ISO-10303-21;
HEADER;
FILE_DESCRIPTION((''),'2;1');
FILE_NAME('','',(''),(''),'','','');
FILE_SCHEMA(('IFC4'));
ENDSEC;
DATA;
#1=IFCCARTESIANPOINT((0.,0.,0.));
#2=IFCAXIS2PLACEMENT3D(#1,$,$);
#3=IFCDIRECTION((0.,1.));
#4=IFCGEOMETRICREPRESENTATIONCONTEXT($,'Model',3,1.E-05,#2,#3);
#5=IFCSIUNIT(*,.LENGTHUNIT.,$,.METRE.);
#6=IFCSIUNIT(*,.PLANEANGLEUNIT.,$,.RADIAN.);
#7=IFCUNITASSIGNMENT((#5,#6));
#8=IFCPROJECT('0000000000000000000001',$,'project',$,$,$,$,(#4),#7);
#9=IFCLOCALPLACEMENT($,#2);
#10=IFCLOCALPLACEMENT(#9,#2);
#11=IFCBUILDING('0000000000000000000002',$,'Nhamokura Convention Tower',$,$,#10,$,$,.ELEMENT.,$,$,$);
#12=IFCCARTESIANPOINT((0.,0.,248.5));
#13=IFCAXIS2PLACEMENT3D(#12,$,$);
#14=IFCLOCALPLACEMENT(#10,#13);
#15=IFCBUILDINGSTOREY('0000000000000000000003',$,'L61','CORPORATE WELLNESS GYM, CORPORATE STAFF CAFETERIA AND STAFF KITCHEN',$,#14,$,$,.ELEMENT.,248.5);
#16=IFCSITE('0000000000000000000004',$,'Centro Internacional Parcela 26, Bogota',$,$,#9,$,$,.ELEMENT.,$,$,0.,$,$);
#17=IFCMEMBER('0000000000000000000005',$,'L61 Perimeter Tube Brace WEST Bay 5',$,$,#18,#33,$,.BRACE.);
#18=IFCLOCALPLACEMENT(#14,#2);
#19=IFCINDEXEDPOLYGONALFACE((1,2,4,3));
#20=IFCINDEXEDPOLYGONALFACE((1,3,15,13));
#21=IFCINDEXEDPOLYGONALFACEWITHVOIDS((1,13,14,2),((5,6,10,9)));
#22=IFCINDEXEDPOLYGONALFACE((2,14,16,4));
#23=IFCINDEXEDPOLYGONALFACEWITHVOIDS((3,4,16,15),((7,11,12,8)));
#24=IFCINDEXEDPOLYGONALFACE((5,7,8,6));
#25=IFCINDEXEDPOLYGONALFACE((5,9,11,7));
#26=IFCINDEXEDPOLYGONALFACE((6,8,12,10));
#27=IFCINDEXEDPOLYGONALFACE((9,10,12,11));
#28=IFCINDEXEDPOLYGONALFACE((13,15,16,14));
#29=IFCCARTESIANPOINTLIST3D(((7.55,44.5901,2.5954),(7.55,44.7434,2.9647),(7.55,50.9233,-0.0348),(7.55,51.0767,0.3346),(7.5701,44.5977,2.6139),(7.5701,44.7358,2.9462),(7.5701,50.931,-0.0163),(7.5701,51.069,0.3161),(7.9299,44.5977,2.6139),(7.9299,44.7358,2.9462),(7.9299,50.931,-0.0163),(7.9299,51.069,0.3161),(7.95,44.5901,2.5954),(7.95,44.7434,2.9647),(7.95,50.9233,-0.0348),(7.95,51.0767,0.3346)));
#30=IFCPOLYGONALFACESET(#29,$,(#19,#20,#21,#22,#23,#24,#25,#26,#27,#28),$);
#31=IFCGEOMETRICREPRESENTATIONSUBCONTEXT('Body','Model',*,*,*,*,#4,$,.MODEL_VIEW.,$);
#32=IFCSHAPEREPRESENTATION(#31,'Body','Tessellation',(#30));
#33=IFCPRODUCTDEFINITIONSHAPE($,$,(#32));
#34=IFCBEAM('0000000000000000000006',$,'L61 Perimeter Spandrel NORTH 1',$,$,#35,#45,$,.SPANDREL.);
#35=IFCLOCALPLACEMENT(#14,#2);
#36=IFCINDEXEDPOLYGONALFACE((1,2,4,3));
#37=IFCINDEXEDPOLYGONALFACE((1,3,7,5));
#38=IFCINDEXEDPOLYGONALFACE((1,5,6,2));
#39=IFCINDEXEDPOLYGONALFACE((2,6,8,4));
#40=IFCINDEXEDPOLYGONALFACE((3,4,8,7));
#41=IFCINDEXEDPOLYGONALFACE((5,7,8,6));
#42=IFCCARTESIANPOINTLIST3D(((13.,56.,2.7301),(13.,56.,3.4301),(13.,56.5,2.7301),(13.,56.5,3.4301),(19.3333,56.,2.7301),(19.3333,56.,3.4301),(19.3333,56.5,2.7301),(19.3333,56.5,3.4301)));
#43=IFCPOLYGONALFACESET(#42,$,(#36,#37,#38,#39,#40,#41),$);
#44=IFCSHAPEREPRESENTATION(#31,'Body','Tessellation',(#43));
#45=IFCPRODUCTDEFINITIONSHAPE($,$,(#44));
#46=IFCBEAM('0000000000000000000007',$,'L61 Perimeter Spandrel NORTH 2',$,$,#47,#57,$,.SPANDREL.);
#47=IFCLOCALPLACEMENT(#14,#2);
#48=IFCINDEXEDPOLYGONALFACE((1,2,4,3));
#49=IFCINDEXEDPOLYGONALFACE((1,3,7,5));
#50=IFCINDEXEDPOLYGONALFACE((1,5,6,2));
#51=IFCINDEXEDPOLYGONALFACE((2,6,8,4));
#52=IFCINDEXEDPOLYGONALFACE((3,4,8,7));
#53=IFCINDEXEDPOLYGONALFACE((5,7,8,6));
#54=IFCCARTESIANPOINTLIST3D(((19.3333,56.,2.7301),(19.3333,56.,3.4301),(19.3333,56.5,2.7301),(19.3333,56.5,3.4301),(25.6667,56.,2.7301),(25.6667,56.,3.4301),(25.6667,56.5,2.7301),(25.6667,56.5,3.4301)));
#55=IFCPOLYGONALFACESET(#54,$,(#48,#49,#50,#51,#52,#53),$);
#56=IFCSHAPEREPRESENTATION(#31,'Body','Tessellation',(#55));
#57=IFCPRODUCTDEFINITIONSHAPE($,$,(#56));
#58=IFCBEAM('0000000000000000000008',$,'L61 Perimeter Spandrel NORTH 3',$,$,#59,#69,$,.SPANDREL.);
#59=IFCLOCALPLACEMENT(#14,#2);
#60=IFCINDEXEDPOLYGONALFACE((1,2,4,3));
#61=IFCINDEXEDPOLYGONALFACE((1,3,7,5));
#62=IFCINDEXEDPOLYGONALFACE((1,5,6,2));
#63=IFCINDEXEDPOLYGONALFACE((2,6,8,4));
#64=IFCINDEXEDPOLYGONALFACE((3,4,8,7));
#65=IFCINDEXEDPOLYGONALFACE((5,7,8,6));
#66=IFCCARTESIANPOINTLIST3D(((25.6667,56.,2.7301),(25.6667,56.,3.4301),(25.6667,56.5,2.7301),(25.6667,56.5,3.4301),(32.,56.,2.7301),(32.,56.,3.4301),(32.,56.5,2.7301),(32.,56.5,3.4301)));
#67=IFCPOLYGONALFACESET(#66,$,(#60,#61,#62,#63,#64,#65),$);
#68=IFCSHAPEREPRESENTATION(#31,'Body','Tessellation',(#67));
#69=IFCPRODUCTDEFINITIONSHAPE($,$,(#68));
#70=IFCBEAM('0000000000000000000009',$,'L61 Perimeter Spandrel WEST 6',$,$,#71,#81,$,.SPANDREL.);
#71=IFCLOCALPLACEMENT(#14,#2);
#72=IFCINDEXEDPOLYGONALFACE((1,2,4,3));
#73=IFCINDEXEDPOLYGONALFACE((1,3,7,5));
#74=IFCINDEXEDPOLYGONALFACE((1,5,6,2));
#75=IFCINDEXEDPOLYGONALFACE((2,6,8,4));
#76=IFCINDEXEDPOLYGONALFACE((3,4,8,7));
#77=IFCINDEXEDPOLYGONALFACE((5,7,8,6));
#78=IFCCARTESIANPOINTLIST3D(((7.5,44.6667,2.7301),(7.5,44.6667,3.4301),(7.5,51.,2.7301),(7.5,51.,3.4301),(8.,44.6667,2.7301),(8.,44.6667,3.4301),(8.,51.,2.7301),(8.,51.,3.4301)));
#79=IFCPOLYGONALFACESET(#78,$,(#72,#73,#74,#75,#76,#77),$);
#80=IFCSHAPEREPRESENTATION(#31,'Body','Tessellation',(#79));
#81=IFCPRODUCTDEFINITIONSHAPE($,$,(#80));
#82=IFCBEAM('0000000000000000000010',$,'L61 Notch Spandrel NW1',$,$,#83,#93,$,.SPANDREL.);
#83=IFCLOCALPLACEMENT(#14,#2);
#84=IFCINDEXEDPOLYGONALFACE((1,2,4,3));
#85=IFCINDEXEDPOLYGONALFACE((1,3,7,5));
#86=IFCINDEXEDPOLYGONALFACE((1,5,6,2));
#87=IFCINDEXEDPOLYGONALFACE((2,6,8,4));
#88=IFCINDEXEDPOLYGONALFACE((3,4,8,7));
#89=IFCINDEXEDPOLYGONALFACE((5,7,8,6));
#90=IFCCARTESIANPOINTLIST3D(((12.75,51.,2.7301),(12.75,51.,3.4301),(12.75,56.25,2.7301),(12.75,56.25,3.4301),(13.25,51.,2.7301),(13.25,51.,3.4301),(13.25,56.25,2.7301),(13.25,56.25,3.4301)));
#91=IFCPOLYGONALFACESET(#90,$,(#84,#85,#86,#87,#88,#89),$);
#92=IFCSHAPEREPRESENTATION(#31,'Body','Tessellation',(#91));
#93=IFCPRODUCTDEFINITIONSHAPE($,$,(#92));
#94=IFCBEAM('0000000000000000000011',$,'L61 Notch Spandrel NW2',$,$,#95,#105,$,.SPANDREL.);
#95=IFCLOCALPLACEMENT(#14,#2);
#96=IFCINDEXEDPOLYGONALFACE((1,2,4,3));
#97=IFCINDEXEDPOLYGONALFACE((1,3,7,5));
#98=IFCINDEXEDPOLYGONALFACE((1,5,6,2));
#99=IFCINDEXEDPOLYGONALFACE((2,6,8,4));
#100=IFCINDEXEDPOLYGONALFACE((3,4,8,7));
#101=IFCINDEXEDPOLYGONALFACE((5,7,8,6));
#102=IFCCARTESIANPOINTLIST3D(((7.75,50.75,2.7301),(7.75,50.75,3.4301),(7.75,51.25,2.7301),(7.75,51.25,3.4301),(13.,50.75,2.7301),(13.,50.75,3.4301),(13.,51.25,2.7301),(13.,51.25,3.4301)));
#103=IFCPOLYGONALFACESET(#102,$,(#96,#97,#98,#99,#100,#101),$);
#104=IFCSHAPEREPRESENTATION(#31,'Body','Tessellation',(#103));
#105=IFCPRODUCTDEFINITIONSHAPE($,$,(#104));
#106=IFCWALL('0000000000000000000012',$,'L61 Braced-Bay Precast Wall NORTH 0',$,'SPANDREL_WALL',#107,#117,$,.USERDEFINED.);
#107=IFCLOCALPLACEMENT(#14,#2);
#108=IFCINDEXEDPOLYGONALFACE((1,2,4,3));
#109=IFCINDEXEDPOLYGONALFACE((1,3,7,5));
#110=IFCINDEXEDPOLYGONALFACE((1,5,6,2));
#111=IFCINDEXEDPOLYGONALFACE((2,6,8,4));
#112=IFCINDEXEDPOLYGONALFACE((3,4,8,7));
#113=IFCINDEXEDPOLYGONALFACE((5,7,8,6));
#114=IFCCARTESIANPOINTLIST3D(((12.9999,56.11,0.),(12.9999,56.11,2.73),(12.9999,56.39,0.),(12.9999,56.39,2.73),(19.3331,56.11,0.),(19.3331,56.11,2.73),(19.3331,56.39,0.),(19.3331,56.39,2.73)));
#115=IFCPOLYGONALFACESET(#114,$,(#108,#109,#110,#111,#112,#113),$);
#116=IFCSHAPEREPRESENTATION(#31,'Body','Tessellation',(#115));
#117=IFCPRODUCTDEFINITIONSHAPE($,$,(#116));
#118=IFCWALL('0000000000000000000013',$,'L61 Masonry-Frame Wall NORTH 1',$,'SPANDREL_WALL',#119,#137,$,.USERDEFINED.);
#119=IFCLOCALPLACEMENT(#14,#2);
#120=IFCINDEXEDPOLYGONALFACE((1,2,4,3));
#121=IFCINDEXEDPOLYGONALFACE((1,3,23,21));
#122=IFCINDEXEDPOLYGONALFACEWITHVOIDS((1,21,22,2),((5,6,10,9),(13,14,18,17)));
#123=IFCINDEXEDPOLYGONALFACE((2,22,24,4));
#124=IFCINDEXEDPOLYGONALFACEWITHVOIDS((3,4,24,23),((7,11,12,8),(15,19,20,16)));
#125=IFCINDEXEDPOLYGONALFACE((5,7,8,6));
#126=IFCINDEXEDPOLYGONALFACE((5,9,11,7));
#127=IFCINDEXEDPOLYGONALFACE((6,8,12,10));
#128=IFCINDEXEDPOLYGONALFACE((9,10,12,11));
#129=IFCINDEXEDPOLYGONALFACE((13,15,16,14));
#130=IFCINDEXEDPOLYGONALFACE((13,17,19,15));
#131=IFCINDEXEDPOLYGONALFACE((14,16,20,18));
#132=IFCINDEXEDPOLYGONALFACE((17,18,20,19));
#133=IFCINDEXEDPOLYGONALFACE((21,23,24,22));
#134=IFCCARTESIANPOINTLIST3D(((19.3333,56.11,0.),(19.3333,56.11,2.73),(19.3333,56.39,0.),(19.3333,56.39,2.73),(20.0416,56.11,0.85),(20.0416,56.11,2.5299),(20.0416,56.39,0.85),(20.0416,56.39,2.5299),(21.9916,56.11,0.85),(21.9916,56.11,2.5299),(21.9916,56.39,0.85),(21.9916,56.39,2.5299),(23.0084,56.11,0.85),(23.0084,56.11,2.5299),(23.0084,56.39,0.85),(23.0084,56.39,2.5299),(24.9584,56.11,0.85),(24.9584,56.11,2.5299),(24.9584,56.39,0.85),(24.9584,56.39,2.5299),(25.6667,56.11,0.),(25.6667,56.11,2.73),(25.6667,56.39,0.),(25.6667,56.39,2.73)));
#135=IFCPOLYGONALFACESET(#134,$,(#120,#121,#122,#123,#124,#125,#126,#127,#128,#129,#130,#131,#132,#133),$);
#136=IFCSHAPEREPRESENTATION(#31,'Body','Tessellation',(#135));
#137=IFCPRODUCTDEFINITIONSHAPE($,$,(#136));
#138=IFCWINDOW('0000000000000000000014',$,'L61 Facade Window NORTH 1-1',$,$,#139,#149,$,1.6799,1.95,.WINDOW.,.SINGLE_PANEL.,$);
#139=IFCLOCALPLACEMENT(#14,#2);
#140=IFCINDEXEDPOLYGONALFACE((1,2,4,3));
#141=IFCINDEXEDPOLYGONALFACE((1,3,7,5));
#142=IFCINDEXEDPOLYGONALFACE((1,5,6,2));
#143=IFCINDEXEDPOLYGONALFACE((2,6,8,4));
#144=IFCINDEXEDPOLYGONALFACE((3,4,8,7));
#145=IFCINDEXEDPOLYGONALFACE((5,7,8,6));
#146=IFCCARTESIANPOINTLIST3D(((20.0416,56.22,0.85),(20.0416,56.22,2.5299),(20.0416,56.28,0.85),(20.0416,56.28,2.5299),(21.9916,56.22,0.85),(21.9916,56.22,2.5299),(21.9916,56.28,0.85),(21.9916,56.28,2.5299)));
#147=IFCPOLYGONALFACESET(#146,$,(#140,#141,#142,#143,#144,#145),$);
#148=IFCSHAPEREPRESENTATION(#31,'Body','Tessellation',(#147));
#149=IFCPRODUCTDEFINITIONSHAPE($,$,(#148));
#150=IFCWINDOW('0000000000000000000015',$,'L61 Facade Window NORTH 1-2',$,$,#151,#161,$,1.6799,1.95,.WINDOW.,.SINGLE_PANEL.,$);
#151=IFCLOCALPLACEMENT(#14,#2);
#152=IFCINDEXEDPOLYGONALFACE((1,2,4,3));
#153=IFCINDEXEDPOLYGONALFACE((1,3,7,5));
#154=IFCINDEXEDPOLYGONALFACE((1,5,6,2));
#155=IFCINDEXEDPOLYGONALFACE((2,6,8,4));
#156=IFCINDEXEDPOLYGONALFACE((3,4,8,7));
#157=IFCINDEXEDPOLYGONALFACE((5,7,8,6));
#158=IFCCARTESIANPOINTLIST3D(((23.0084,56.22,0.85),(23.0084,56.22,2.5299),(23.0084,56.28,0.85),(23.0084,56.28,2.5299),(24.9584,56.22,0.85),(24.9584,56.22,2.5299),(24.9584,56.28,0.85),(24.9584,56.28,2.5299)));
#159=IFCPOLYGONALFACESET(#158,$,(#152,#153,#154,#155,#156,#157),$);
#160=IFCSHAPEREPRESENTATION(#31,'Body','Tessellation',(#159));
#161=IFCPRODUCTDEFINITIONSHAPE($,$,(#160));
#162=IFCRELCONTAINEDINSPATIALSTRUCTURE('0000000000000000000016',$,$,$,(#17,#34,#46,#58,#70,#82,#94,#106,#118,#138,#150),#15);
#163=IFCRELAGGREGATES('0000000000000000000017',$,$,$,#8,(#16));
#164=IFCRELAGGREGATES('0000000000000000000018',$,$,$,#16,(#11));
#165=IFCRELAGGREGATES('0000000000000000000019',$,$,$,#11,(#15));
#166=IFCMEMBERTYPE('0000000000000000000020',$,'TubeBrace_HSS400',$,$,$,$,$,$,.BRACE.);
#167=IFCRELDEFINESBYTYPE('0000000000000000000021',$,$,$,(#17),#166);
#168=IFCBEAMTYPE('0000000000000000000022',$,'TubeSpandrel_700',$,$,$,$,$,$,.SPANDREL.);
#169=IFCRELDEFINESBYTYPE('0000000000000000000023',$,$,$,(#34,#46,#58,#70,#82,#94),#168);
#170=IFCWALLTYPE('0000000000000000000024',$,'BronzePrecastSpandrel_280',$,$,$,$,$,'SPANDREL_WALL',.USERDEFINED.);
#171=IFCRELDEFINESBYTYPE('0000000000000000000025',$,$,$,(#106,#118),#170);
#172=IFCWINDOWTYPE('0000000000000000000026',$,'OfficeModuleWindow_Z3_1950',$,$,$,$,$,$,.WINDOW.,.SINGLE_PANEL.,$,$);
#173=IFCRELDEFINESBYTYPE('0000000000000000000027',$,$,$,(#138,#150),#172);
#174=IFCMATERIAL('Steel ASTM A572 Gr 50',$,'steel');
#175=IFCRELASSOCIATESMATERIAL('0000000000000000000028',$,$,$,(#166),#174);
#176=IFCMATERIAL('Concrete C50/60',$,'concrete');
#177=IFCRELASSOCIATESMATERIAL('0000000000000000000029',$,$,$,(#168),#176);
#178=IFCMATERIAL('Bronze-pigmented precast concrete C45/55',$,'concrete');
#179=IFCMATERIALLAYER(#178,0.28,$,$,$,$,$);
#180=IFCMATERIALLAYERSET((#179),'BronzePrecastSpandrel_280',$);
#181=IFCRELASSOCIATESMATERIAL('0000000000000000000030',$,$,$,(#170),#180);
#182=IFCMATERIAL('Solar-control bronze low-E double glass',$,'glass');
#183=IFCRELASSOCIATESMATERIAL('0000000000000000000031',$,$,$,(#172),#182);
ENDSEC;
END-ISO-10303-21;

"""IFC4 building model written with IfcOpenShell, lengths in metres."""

from ifc_helpers import new_model, si_unit, direction, frame, frame_2d, origin, origin_2d, place, context, subcontext, project, spatial, rectangle, hollow_rectangle, extrude, material, layer, layer_set, material_profile, profile_set, type_object, element, fill, save


model = new_model("IFC4")

# Units and contexts
model_context = context("Model", 3, precision=1e-05, world=origin(), true_north=direction((0.0, 1.0)))
body_context = subcontext(model_context, "Body", "Model", "MODEL_VIEW")
ifc_project = project(units=[si_unit("LENGTHUNIT", "METRE"), si_unit("PLANEANGLEUNIT", "RADIAN")], contexts=[model_context])

# Site, building, storey
site_placement = place(None, origin())
site = spatial("IfcSite", under=ifc_project, at=site_placement, Name="Centro Internacional Parcela 26, Bogota", CompositionType="ELEMENT", RefElevation=0.0)
building_placement = place(site_placement, origin())
building = spatial("IfcBuilding", under=site, at=building_placement, Name="Nhamokura Convention Tower", CompositionType="ELEMENT")
storey_placement = place(building_placement, frame((0.0, 0.0, 248.5)))
storey = spatial("IfcBuildingStorey", under=building, at=storey_placement, Name="L61", Description="CORPORATE WELLNESS GYM, CORPORATE STAFF CAFETERIA AND STAFF KITCHEN", CompositionType="ELEMENT", Elevation=248.5)

# Member
ifc_material_1 = material(Name="Steel ASTM A572 Gr 50", Category="steel")
ifc_material_profile_1 = material_profile(ifc_material_1, hollow_rectangle(XDim=0.3999, YDim=0.3999, WallThickness=0.02, at=origin_2d()))
ifc_profile_set_1 = profile_set([ifc_material_profile_1], Name="Steel ASTM A572 Gr 50")
member_type_1 = type_object("IfcMemberType", Name="TubeBrace_HSS400", PredefinedType="BRACE", material=ifc_profile_set_1)
for number, where, z_axis, x_axis, name in (
    (1, (7.75, 51.0, 0.1499), (0.0, -0.923528, 0.383531), (1.0, 0.0, 0.0), "L61 Perimeter Tube Brace WEST Bay 5"),
):
    element("IfcMember", number, at=place(storey_placement, frame(where, z_axis=z_axis, x_axis=x_axis)), inside=storey, type_object=member_type_1, Name=name, PredefinedType="BRACE", context=body_context, shape_type="SweptSolid", body=[
        extrude(hollow_rectangle(XDim=0.3999, YDim=0.3999, WallThickness=0.02, at=origin_2d()), origin(), (0.0, 0.0, 1.0), 6.8577),
    ])

# Beams
ifc_material_2 = material(Name="Concrete C50/60", Category="concrete")
ifc_material_profile_2 = material_profile(ifc_material_2, rectangle(XDim=0.5, YDim=0.7, at=origin_2d()))
ifc_profile_set_2 = profile_set([ifc_material_profile_2], Name="Concrete C50/60")
beam_type_1 = type_object("IfcBeamType", Name="TubeSpandrel_700", PredefinedType="SPANDREL", material=ifc_profile_set_2)
beam_1_placement = place(storey_placement, frame((13.0, 56.25, 3.0801), z_axis=(1.0, 0.0, 0.0), x_axis=(0.0, 1.0, 0.0)))
element("IfcBeam", 2, at=beam_1_placement, inside=storey, type_object=beam_type_1, Name="L61 Perimeter Spandrel NORTH 1", PredefinedType="SPANDREL", context=body_context, shape_type="SweptSolid", body=[
    extrude(rectangle(XDim=0.5, YDim=0.7, at=origin_2d()), origin(), (0.0, 0.0, 1.0), 6.3333),
])
beam_2_placement = place(storey_placement, frame((19.3333, 56.25, 3.0801), z_axis=(1.0, 0.0, 0.0), x_axis=(0.0, 1.0, 0.0)))
element("IfcBeam", 3, at=beam_2_placement, inside=storey, type_object=beam_type_1, Name="L61 Perimeter Spandrel NORTH 2", PredefinedType="SPANDREL", context=body_context, shape_type="SweptSolid", body=[
    extrude(rectangle(XDim=0.5, YDim=0.7, at=origin_2d()), origin(), (0.0, 0.0, 1.0), 6.3335),
])
for number, where, z_axis, x_axis, name in (
    (4, (25.6667, 56.25, 3.0801), (1.0, 0.0, 0.0), (0.0, 1.0, 0.0), "L61 Perimeter Spandrel NORTH 3"),
    (5, (7.75, 44.6667, 3.0801), (0.0, 1.0, 0.0), (-1.0, 0.0, 0.0), "L61 Perimeter Spandrel WEST 6"),
):
    element("IfcBeam", number, at=place(storey_placement, frame(where, z_axis=z_axis, x_axis=x_axis)), inside=storey, type_object=beam_type_1, Name=name, PredefinedType="SPANDREL", context=body_context, shape_type="SweptSolid", body=[
        extrude(rectangle(XDim=0.5, YDim=0.7, at=origin_2d()), origin(), (0.0, 0.0, 1.0), 6.3333),
    ])
for number, where, z_axis, x_axis, name in (
    (6, (13.0, 56.25, 3.0801), (0.0, -1.0, 0.0), (1.0, 0.0, 0.0), "L61 Notch Spandrel NW1"),
    (7, (13.0, 51.0, 3.0801), (-1.0, 0.0, 0.0), (0.0, -1.0, 0.0), "L61 Notch Spandrel NW2"),
):
    element("IfcBeam", number, at=place(storey_placement, frame(where, z_axis=z_axis, x_axis=x_axis)), inside=storey, type_object=beam_type_1, Name=name, PredefinedType="SPANDREL", context=body_context, shape_type="SweptSolid", body=[
        extrude(rectangle(XDim=0.5, YDim=0.7, at=origin_2d()), origin(), (0.0, 0.0, 1.0), 5.25),
    ])

# Wall
ifc_material_3 = material(Name="Bronze-pigmented precast concrete C45/55", Category="concrete")
ifc_layer_1 = layer(ifc_material_3, 0.28)
ifc_layer_set_1 = layer_set([ifc_layer_1], Name="BronzePrecastSpandrel_280")
wall_type_1 = type_object("IfcWallType", Name="BronzePrecastSpandrel_280", ElementType="SPANDREL_WALL", PredefinedType="USERDEFINED", material=ifc_layer_set_1)
wall_1_placement = place(storey_placement, frame((13.0, 56.25, 0.0), z_axis=(0.0, 0.0, 1.0), x_axis=(1.0, 0.0, 0.0)))
element("IfcWall", 8, at=wall_1_placement, inside=storey, type_object=wall_type_1, Name="L61 Braced-Bay Precast Wall NORTH 0", ObjectType="SPANDREL_WALL", PredefinedType="USERDEFINED", context=body_context, shape_type="SweptSolid", body=[
    extrude(rectangle(XDim=6.3333, YDim=0.28, at=frame_2d((3.1665, 0.0))), origin(), (0.0, 0.0, 1.0), 2.73),
])

# Wall, openings, windows
wall_2_placement = place(storey_placement, frame((19.3333, 56.25, 0.0), z_axis=(0.0, 0.0, 1.0), x_axis=(1.0, 0.0, 0.0)))
wall_2 = element("IfcWall", 9, at=wall_2_placement, inside=storey, type_object=wall_type_1, Name="L61 Masonry-Frame Wall NORTH 1", ObjectType="SPANDREL_WALL", PredefinedType="USERDEFINED", context=body_context, shape_type="SweptSolid", body=[
    extrude(rectangle(XDim=6.3335, YDim=0.28, at=frame_2d((3.1667, 0.0))), origin(), (0.0, 0.0, 1.0), 2.73),
])
opening_1_placement = place(wall_2_placement, frame((0.7083, 0.0, 0.8501)))
opening_1 = element("IfcOpeningElement", 10, at=opening_1_placement, cuts=wall_2, PredefinedType="OPENING", context=body_context, shape_type="SweptSolid", body=[
    extrude(rectangle(XDim=1.95, YDim=1.6799, at=frame_2d((0.9751, 0.8398))), frame((0.0, 0.1499, 0.0), z_axis=(0.0, -1.0, 0.0), x_axis=(1.0, 0.0, 0.0)), (0.0, 0.0, 1.0), 0.3),
])
opening_2_placement = place(wall_2_placement, frame((3.675, 0.0, 0.8501)))
opening_2 = element("IfcOpeningElement", 11, at=opening_2_placement, cuts=wall_2, PredefinedType="OPENING", context=body_context, shape_type="SweptSolid", body=[
    extrude(rectangle(XDim=1.95, YDim=1.6799, at=frame_2d((0.9751, 0.8398))), frame((0.0, 0.1499, 0.0), z_axis=(0.0, -1.0, 0.0), x_axis=(1.0, 0.0, 0.0)), (0.0, 0.0, 1.0), 0.3),
])
ifc_material_4 = material(Name="Solar-control bronze low-E double glass", Category="glass")
window_type_1 = type_object("IfcWindowType", Name="OfficeModuleWindow_Z3_1950", PartitioningType="SINGLE_PANEL", PredefinedType="WINDOW", material=ifc_material_4)
window_1_placement = place(opening_1_placement, origin())
window_1 = element("IfcWindow", 12, at=window_1_placement, inside=storey, type_object=window_type_1, Name="L61 Facade Window NORTH 1-1", OverallHeight=1.6799, OverallWidth=1.95, PartitioningType="SINGLE_PANEL", PredefinedType="WINDOW", context=body_context, shape_type="SweptSolid", body=[
    extrude(rectangle(XDim=1.95, YDim=1.6799, at=frame_2d((0.9751, 0.8398))), frame((0.0, 0.03, 0.0), z_axis=(0.0, -1.0, 0.0), x_axis=(1.0, 0.0, 0.0)), (0.0, 0.0, 1.0), 0.0601),
])
fill(opening_1, window_1)
window_2_placement = place(opening_2_placement, origin())
window_2 = element("IfcWindow", 13, at=window_2_placement, inside=storey, type_object=window_type_1, Name="L61 Facade Window NORTH 1-2", OverallHeight=1.6799, OverallWidth=1.95, PartitioningType="SINGLE_PANEL", PredefinedType="WINDOW", context=body_context, shape_type="SweptSolid", body=[
    extrude(rectangle(XDim=1.95, YDim=1.6799, at=frame_2d((0.9751, 0.8398))), frame((0.0, 0.03, 0.0), z_axis=(0.0, -1.0, 0.0), x_axis=(1.0, 0.0, 0.0)), (0.0, 0.0, 1.0), 0.0601),
])
fill(opening_2, window_2)

save(model, "model.ifc")
